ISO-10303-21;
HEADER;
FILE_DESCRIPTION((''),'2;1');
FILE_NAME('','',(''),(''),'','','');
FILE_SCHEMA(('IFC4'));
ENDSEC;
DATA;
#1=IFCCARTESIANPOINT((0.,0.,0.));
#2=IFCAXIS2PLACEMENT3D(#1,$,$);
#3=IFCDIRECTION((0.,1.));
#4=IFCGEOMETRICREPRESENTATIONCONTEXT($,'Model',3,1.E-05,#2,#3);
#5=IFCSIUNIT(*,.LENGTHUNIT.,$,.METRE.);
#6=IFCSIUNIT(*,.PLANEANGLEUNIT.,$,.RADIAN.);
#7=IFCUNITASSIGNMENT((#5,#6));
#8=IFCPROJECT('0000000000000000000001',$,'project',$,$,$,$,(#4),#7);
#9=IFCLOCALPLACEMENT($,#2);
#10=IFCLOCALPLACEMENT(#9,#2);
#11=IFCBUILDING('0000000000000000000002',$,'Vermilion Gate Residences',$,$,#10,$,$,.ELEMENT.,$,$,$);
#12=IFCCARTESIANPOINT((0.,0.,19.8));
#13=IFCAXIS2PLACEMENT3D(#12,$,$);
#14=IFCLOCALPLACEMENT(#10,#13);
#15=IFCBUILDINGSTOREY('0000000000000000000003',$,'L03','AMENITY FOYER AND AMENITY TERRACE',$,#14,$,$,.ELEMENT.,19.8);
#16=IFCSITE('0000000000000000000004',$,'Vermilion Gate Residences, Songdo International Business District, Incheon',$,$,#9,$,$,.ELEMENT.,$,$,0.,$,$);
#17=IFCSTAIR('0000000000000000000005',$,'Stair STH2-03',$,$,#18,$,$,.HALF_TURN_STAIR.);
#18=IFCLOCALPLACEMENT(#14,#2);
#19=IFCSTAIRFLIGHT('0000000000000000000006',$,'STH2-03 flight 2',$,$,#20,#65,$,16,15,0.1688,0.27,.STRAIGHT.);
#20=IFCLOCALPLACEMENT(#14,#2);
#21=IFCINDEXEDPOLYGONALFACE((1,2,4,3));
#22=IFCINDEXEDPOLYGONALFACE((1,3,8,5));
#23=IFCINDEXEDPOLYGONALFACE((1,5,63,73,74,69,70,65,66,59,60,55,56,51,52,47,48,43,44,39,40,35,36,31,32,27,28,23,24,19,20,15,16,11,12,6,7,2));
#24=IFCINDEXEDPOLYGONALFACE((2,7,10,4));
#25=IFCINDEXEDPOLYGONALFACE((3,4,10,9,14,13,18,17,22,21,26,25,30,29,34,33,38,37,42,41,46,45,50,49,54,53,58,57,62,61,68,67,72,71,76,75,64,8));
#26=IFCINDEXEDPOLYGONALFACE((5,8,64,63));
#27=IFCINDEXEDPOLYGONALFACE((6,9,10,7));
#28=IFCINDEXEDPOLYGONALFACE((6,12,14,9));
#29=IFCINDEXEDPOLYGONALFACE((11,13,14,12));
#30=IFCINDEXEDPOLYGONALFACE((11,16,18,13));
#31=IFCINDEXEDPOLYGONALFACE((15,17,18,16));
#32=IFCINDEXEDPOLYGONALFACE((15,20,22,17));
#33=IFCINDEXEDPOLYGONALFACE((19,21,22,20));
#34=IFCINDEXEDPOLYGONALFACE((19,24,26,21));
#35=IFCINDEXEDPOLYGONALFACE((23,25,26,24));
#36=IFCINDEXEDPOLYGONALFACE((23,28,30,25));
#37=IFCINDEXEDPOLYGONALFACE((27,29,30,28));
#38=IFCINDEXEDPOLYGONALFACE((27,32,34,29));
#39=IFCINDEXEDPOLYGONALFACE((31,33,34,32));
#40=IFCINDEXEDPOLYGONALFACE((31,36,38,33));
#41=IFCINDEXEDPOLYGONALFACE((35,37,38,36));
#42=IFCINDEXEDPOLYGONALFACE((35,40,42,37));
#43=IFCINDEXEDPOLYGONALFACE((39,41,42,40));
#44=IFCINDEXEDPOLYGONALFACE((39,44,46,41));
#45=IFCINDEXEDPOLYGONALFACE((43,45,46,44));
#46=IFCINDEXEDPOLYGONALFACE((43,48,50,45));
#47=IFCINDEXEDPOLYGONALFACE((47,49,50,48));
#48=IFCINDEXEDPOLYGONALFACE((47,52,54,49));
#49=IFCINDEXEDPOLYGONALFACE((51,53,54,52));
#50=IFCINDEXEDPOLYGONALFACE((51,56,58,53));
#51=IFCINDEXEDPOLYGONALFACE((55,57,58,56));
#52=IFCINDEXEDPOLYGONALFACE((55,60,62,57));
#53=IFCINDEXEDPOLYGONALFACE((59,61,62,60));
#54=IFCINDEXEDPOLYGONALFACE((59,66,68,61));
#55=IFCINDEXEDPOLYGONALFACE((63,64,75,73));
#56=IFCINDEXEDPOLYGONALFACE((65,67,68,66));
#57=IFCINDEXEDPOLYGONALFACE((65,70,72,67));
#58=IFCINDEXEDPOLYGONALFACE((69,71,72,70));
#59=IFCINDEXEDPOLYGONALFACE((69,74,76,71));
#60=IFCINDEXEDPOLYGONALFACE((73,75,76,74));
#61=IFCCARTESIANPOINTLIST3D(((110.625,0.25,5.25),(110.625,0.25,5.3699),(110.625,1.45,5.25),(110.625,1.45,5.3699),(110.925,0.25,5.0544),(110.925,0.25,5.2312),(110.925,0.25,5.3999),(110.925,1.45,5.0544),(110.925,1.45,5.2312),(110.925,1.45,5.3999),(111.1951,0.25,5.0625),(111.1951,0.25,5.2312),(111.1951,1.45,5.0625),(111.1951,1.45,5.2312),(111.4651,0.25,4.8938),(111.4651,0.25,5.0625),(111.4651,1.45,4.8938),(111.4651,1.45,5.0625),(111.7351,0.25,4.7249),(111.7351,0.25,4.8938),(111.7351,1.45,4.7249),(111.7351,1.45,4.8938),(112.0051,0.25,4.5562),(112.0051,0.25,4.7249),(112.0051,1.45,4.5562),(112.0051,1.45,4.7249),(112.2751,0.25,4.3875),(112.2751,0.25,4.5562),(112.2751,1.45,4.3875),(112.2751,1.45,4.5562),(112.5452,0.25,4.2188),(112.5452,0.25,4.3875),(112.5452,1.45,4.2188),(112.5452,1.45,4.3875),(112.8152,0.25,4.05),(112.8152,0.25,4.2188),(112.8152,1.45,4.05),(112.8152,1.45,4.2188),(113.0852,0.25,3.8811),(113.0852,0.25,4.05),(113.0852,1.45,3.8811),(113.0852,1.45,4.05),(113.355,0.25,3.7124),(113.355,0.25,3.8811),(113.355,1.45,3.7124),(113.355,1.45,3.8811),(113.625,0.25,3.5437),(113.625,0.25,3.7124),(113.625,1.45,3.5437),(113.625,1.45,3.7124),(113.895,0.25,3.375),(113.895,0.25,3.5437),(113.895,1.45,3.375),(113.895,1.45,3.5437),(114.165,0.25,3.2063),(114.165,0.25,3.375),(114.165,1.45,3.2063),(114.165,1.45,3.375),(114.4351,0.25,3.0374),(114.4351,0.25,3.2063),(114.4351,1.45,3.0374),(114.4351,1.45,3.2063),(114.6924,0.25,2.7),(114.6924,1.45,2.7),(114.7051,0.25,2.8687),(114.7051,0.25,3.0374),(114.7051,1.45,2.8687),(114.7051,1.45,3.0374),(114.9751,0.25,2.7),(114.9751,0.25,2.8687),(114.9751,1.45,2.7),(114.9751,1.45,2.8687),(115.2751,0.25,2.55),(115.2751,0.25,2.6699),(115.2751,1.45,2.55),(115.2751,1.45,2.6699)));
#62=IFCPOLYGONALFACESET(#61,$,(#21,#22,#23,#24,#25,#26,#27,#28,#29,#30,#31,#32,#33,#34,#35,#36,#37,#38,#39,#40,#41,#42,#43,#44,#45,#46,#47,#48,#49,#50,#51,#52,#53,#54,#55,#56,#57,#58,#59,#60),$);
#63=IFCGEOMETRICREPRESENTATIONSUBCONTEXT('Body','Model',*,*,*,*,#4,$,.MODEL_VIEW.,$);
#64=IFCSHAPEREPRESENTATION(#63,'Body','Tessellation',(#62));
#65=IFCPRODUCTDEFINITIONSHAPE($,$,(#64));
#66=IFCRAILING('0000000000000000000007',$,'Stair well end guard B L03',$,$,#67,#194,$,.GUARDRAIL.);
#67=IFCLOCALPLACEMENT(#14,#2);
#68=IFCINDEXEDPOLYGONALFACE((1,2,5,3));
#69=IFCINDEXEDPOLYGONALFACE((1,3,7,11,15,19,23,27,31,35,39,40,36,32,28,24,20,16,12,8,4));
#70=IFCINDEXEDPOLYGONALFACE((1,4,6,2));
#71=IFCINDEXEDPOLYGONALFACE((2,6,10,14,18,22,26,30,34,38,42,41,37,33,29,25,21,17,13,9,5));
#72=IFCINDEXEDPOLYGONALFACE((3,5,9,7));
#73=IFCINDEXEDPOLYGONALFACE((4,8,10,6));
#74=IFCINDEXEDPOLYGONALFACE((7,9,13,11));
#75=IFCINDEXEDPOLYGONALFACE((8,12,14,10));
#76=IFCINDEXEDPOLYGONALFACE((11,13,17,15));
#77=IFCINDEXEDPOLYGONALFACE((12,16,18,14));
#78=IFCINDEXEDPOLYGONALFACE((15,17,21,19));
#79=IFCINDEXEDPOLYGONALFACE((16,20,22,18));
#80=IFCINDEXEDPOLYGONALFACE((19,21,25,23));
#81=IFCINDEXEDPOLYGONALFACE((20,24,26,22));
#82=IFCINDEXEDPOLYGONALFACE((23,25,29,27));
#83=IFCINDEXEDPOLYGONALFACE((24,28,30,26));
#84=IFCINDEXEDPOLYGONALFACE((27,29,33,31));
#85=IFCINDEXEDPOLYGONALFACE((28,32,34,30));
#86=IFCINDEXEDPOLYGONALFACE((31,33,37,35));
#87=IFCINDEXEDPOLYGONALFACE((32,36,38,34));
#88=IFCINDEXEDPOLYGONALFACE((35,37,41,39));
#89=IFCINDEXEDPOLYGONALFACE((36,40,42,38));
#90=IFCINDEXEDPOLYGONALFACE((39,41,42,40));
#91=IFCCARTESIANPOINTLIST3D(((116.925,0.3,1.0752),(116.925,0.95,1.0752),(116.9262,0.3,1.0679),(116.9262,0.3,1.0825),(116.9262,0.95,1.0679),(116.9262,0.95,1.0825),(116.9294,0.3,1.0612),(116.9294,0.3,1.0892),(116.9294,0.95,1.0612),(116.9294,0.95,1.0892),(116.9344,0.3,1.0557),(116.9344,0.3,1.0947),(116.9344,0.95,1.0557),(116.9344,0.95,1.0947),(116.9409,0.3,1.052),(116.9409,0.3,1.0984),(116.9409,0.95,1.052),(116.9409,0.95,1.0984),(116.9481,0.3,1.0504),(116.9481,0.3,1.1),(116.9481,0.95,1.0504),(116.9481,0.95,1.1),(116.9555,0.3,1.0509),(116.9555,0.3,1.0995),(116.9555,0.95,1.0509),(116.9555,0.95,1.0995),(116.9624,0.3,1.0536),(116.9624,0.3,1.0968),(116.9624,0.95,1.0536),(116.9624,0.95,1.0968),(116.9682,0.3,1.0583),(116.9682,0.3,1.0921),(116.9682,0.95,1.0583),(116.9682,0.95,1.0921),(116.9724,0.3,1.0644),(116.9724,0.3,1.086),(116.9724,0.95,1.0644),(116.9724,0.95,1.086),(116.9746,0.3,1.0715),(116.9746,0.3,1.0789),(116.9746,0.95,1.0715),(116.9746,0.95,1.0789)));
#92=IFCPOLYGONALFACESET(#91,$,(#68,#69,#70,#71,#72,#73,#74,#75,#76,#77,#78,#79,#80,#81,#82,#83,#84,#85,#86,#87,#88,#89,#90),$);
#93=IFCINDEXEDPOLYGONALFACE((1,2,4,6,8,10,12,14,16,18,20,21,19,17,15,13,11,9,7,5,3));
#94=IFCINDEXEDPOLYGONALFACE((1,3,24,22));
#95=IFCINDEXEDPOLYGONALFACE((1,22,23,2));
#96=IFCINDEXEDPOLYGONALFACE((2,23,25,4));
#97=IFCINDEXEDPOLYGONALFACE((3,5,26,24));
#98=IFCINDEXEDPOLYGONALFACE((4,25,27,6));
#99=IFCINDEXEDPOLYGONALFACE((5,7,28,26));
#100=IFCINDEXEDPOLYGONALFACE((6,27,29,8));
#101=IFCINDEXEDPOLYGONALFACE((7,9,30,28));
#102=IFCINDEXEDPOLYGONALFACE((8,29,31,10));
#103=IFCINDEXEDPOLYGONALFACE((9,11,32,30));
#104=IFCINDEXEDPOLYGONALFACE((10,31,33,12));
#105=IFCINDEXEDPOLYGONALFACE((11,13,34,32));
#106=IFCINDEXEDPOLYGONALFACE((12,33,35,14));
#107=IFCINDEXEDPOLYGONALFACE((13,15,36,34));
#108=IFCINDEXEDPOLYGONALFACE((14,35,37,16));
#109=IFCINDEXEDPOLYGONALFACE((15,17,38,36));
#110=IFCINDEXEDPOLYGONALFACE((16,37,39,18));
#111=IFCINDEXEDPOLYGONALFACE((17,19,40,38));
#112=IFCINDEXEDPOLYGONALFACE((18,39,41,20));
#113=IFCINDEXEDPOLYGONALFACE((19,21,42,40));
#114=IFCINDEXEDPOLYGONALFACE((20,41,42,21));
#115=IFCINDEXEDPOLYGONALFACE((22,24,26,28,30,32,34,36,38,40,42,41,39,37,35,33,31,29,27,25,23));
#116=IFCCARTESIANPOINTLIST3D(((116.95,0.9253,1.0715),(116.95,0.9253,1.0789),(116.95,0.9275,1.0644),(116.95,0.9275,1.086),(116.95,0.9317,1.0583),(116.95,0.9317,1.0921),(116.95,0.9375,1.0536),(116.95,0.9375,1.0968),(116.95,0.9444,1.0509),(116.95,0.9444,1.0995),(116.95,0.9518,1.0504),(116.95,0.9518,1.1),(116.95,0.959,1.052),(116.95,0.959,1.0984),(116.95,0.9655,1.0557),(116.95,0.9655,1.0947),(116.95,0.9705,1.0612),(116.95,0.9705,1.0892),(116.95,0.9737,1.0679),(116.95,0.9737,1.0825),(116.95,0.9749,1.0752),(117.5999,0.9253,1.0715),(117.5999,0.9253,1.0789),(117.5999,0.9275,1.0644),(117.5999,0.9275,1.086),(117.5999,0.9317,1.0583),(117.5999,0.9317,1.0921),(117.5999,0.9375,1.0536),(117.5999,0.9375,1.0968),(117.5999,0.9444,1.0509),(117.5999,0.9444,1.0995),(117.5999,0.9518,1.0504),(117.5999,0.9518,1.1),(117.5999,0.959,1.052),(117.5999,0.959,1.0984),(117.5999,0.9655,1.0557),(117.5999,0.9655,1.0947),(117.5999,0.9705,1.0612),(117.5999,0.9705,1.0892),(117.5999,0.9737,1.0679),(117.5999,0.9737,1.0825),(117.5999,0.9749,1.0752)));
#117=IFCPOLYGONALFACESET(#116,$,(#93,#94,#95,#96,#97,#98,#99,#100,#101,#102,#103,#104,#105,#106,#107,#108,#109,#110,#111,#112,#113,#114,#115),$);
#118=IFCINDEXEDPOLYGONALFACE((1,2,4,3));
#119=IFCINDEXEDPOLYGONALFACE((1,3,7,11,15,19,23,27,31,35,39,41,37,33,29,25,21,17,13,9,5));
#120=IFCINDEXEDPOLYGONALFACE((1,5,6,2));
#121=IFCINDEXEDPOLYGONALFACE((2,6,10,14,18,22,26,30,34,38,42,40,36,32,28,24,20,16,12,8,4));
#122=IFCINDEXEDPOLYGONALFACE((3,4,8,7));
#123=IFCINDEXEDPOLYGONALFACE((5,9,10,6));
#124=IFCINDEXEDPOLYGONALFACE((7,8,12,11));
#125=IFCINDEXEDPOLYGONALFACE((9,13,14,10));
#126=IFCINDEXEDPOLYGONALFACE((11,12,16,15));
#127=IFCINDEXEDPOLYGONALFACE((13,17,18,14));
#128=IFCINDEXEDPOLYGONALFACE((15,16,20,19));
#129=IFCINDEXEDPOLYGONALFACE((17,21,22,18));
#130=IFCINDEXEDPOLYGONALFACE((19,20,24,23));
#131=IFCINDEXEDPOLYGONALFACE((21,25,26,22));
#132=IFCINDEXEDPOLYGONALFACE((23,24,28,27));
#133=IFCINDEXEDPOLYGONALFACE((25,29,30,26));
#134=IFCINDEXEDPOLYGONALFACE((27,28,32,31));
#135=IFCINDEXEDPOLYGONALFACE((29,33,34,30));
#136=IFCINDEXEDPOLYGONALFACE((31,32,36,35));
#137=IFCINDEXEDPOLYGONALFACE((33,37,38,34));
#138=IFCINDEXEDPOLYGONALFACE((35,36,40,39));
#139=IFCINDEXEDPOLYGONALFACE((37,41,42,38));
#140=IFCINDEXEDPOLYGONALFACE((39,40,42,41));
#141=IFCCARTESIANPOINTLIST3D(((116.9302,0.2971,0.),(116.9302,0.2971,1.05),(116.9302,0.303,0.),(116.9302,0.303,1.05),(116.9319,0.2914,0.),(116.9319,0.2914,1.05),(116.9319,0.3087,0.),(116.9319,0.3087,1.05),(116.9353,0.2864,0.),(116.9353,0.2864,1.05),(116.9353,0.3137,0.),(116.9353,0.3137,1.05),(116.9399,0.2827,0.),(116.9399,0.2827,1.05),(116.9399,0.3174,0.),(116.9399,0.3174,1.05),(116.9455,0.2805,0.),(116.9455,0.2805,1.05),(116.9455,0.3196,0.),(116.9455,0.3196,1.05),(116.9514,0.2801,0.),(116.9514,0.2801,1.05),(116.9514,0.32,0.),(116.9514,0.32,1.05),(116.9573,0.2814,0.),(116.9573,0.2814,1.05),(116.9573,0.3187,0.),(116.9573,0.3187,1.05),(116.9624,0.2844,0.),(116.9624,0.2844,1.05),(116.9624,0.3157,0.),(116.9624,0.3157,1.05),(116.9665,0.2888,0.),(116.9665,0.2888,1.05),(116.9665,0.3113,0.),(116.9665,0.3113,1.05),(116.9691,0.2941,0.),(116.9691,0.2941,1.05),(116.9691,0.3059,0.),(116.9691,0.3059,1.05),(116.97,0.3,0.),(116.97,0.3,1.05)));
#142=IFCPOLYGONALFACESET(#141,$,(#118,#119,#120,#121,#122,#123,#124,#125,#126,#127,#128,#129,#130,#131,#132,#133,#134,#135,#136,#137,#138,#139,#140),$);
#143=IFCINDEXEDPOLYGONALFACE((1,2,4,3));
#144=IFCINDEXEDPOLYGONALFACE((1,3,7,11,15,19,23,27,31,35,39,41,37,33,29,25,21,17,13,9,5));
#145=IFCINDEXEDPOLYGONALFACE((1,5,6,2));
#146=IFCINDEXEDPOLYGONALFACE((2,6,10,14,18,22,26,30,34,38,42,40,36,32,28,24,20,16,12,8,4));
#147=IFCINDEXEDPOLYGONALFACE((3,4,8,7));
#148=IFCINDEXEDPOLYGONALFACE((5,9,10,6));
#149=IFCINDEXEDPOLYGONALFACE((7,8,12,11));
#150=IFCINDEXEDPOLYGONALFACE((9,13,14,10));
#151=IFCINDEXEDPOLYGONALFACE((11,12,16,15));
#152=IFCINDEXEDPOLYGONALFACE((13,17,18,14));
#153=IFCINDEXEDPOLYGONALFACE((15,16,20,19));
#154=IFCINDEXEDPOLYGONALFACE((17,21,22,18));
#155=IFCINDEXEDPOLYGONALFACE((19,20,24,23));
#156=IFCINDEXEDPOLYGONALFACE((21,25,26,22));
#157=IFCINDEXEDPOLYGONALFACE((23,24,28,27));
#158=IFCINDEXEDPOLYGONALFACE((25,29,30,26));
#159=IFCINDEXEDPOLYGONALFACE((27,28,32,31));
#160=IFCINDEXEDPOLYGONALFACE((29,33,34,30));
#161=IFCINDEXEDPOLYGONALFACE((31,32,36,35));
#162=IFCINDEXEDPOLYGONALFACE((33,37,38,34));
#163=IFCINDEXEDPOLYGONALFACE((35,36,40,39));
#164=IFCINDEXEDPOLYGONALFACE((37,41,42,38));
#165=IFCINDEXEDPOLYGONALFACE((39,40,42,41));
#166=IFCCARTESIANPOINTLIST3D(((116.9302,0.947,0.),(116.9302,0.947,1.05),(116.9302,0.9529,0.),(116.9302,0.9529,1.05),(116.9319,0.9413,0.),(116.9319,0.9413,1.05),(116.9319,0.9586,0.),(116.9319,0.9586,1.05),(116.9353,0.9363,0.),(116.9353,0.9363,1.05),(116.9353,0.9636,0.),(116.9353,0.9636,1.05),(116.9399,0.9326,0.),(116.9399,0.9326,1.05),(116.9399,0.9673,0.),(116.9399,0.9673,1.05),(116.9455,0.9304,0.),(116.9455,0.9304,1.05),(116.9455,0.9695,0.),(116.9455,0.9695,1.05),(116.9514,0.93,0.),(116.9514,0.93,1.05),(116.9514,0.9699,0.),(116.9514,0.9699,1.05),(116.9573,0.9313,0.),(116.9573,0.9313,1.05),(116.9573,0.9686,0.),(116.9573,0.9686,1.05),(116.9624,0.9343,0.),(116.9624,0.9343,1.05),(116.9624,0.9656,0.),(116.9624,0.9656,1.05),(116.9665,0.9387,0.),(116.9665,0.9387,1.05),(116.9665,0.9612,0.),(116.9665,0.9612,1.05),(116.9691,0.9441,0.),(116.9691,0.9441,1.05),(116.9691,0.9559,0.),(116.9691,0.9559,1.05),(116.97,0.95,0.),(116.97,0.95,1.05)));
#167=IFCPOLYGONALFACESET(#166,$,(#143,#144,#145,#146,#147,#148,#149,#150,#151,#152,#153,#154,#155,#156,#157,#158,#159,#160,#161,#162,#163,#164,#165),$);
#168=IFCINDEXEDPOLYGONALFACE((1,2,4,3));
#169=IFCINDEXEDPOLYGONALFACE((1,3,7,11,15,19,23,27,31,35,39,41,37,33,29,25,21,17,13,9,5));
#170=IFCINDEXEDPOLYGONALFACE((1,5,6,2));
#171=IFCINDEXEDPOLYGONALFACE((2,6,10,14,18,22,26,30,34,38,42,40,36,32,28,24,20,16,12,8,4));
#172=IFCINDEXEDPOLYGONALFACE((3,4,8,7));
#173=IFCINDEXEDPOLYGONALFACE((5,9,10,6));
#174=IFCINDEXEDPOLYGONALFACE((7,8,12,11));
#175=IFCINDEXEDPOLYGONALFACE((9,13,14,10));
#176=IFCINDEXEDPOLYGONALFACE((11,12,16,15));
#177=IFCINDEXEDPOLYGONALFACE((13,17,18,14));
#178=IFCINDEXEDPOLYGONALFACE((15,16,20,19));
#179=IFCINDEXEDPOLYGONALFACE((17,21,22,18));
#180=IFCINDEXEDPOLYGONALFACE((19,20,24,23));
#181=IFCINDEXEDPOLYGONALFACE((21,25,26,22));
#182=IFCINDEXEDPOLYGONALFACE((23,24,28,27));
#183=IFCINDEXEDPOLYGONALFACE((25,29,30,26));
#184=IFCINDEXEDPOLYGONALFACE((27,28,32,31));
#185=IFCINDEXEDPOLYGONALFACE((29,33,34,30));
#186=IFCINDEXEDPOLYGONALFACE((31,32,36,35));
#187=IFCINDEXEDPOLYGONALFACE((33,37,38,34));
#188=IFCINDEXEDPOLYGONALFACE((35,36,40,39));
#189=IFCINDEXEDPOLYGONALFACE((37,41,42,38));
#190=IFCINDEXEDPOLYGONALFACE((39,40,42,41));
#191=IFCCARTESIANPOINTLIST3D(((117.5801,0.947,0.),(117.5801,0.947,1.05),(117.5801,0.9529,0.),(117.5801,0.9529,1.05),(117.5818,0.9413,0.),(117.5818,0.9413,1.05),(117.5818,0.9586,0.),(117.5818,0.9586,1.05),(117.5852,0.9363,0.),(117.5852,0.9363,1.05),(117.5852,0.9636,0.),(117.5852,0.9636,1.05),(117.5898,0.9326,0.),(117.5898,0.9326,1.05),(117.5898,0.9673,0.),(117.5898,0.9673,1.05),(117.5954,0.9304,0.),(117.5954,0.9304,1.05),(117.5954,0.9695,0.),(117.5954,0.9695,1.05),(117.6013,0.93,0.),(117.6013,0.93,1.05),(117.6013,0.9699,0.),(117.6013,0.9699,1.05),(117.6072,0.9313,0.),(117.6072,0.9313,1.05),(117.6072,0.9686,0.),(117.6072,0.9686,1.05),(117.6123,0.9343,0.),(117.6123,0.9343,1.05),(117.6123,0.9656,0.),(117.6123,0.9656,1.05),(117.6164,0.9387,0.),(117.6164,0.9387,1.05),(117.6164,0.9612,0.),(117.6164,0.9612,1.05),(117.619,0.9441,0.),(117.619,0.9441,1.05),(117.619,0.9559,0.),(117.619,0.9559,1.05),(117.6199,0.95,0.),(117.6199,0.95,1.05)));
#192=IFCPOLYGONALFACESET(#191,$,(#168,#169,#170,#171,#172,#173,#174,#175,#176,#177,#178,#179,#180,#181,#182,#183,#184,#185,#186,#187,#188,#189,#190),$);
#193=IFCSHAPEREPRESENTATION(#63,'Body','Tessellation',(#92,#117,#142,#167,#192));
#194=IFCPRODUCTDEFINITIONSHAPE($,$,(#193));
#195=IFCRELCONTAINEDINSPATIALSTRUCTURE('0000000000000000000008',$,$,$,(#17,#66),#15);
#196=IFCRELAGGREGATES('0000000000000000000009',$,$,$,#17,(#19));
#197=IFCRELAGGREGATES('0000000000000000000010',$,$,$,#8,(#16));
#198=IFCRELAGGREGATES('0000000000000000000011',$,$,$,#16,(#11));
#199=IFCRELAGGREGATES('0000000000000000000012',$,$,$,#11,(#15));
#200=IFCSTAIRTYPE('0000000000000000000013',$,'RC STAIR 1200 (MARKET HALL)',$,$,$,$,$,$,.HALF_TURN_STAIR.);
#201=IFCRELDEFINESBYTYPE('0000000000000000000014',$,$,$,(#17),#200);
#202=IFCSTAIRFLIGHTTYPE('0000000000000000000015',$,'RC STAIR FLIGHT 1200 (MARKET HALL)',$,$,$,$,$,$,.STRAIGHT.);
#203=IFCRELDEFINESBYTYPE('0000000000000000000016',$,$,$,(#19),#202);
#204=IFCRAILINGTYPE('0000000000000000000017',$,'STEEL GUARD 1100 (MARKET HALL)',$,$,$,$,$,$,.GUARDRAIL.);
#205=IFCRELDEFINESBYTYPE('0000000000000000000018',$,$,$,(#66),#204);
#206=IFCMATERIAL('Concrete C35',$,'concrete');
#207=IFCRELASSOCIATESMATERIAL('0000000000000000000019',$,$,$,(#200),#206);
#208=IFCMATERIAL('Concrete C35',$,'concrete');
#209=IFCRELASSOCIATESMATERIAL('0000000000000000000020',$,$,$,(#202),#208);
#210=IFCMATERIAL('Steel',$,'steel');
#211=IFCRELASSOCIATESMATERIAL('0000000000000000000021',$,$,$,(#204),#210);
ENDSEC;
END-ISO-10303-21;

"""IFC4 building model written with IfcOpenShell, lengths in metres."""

from ifc_helpers import new_model, si_unit, direction, frame, origin, origin_2d, place, context, subcontext, project, spatial, polyline, circle, outline, extrude, material, type_object, element, aggregate, save


model = new_model("IFC4")

# Units and contexts
model_context = context("Model", 3, precision=1e-05, world=origin(), true_north=direction((0.0, 1.0)))
body_context = subcontext(model_context, "Body", "Model", "MODEL_VIEW")
ifc_project = project(units=[si_unit("LENGTHUNIT", "METRE"), si_unit("PLANEANGLEUNIT", "RADIAN")], contexts=[model_context])

# Site, building, storey
site_placement = place(None, origin())
site = spatial("IfcSite", under=ifc_project, at=site_placement, Name="Vermilion Gate Residences, Songdo International Business District, Incheon", CompositionType="ELEMENT", RefElevation=0.0)
building_placement = place(site_placement, origin())
building = spatial("IfcBuilding", under=site, at=building_placement, Name="Vermilion Gate Residences", CompositionType="ELEMENT")
storey_placement = place(building_placement, frame((0.0, 0.0, 19.8)))
storey = spatial("IfcBuildingStorey", under=building, at=storey_placement, Name="L03", Description="AMENITY FOYER AND AMENITY TERRACE", CompositionType="ELEMENT", Elevation=19.8)

# Stair, stair flight
ifc_material_1 = material(Name="Concrete C35", Category="concrete")
stair_type = type_object("IfcStairType", Name="RC STAIR 1200 (MARKET HALL)", PredefinedType="HALF_TURN_STAIR", material=ifc_material_1)
stair_placement = place(storey_placement, origin())
stair = element("IfcStair", 1, at=stair_placement, inside=storey, type_object=stair_type, Name="Stair STH2-03", PredefinedType="HALF_TURN_STAIR")
ifc_material_2 = material(Name="Concrete C35", Category="concrete")
stair_flight_type = type_object("IfcStairFlightType", Name="RC STAIR FLIGHT 1200 (MARKET HALL)", PredefinedType="STRAIGHT", material=ifc_material_2)
stair_flight_1_placement = place(storey_placement, frame((114.9751, 0.8501, 2.7), z_axis=(0.0, 0.0, 1.0), x_axis=(-1.0, 0.0, 0.0)))
stair_flight_1 = element("IfcStairFlight", 2, at=stair_flight_1_placement, type_object=stair_flight_type, Name="STH2-03 flight 2", NumberOfRisers=16, NumberOfTreads=15, PredefinedType="STRAIGHT", RiserHeight=0.1688, TreadLength=0.27, context=body_context, shape_type="SweptSolid", body=[
    extrude(outline(polyline([(-0.3, -0.1499), (-0.3, -0.03), (0.0, 0.0), (0.0, 0.1687), (0.27, 0.1687), (0.27, 0.3374), (0.54, 0.3374), (0.54, 0.5063), (0.8101, 0.5063), (0.8101, 0.675), (1.0801, 0.675), (1.0801, 0.8438), (1.3501, 0.8438), (1.3501, 1.0125), (1.6201, 1.0125), (1.6201, 1.1812), (1.8899, 1.1812), (1.8899, 1.3501), (2.1599, 1.3501), (2.1599, 1.5188), (2.4299, 1.5188), (2.4299, 1.6875), (2.7, 1.6875), (2.7, 1.8562), (2.97, 1.8562), (2.97, 2.0249), (3.24, 2.0249), (3.24, 2.1938), (3.51, 2.1938), (3.51, 2.3625), (3.78, 2.3625), (3.78, 2.5312), (4.05, 2.5312), (4.05, 2.7), (4.3501, 2.6699), (4.3501, 2.55), (4.05, 2.3545), (0.2827, 0.0), (-0.3, -0.1499)])), frame((0.0, 0.6001, 0.0), z_axis=(0.0, -1.0, 0.0), x_axis=(1.0, 0.0, 0.0)), (0.0, 0.0, 1.0), 1.2),
])
aggregate(stair, [stair_flight_1])

# Railing
ifc_material_3 = material(Name="Steel", Category="steel")
railing_type_1 = type_object("IfcRailingType", Name="STEEL GUARD 1100 (MARKET HALL)", PredefinedType="GUARDRAIL", material=ifc_material_3)
railing_placement = place(storey_placement, frame((116.95, 0.3, 0.0)))
element("IfcRailing", 3, at=railing_placement, inside=storey, type_object=railing_type_1, Name="Stair well end guard B L03", PredefinedType="GUARDRAIL", context=body_context, shape_type="SweptSolid", body=[
    extrude(circle(Radius=0.0249, at=origin_2d()), frame((0.0, 0.0, 1.0752), z_axis=(0.0, 1.0, 0.0), x_axis=(-1.0, 0.0, 0.0)), (0.0, 0.0, 1.0), 0.6499),
    extrude(circle(Radius=0.0249, at=origin_2d()), frame((0.0, 0.6499, 1.0752), z_axis=(1.0, 0.0, 0.0), x_axis=(0.0, 1.0, 0.0)), (0.0, 0.0, 1.0), 0.6499),
    extrude(circle(Radius=0.02, at=origin_2d()), origin(), (0.0, 0.0, 1.0), 1.05),
    extrude(circle(Radius=0.02, at=origin_2d()), frame((0.0, 0.6499, 0.0)), (0.0, 0.0, 1.0), 1.05),
    extrude(circle(Radius=0.02, at=origin_2d()), frame((0.6499, 0.6499, 0.0)), (0.0, 0.0, 1.0), 1.05),
])

save(model, "model.ifc")
